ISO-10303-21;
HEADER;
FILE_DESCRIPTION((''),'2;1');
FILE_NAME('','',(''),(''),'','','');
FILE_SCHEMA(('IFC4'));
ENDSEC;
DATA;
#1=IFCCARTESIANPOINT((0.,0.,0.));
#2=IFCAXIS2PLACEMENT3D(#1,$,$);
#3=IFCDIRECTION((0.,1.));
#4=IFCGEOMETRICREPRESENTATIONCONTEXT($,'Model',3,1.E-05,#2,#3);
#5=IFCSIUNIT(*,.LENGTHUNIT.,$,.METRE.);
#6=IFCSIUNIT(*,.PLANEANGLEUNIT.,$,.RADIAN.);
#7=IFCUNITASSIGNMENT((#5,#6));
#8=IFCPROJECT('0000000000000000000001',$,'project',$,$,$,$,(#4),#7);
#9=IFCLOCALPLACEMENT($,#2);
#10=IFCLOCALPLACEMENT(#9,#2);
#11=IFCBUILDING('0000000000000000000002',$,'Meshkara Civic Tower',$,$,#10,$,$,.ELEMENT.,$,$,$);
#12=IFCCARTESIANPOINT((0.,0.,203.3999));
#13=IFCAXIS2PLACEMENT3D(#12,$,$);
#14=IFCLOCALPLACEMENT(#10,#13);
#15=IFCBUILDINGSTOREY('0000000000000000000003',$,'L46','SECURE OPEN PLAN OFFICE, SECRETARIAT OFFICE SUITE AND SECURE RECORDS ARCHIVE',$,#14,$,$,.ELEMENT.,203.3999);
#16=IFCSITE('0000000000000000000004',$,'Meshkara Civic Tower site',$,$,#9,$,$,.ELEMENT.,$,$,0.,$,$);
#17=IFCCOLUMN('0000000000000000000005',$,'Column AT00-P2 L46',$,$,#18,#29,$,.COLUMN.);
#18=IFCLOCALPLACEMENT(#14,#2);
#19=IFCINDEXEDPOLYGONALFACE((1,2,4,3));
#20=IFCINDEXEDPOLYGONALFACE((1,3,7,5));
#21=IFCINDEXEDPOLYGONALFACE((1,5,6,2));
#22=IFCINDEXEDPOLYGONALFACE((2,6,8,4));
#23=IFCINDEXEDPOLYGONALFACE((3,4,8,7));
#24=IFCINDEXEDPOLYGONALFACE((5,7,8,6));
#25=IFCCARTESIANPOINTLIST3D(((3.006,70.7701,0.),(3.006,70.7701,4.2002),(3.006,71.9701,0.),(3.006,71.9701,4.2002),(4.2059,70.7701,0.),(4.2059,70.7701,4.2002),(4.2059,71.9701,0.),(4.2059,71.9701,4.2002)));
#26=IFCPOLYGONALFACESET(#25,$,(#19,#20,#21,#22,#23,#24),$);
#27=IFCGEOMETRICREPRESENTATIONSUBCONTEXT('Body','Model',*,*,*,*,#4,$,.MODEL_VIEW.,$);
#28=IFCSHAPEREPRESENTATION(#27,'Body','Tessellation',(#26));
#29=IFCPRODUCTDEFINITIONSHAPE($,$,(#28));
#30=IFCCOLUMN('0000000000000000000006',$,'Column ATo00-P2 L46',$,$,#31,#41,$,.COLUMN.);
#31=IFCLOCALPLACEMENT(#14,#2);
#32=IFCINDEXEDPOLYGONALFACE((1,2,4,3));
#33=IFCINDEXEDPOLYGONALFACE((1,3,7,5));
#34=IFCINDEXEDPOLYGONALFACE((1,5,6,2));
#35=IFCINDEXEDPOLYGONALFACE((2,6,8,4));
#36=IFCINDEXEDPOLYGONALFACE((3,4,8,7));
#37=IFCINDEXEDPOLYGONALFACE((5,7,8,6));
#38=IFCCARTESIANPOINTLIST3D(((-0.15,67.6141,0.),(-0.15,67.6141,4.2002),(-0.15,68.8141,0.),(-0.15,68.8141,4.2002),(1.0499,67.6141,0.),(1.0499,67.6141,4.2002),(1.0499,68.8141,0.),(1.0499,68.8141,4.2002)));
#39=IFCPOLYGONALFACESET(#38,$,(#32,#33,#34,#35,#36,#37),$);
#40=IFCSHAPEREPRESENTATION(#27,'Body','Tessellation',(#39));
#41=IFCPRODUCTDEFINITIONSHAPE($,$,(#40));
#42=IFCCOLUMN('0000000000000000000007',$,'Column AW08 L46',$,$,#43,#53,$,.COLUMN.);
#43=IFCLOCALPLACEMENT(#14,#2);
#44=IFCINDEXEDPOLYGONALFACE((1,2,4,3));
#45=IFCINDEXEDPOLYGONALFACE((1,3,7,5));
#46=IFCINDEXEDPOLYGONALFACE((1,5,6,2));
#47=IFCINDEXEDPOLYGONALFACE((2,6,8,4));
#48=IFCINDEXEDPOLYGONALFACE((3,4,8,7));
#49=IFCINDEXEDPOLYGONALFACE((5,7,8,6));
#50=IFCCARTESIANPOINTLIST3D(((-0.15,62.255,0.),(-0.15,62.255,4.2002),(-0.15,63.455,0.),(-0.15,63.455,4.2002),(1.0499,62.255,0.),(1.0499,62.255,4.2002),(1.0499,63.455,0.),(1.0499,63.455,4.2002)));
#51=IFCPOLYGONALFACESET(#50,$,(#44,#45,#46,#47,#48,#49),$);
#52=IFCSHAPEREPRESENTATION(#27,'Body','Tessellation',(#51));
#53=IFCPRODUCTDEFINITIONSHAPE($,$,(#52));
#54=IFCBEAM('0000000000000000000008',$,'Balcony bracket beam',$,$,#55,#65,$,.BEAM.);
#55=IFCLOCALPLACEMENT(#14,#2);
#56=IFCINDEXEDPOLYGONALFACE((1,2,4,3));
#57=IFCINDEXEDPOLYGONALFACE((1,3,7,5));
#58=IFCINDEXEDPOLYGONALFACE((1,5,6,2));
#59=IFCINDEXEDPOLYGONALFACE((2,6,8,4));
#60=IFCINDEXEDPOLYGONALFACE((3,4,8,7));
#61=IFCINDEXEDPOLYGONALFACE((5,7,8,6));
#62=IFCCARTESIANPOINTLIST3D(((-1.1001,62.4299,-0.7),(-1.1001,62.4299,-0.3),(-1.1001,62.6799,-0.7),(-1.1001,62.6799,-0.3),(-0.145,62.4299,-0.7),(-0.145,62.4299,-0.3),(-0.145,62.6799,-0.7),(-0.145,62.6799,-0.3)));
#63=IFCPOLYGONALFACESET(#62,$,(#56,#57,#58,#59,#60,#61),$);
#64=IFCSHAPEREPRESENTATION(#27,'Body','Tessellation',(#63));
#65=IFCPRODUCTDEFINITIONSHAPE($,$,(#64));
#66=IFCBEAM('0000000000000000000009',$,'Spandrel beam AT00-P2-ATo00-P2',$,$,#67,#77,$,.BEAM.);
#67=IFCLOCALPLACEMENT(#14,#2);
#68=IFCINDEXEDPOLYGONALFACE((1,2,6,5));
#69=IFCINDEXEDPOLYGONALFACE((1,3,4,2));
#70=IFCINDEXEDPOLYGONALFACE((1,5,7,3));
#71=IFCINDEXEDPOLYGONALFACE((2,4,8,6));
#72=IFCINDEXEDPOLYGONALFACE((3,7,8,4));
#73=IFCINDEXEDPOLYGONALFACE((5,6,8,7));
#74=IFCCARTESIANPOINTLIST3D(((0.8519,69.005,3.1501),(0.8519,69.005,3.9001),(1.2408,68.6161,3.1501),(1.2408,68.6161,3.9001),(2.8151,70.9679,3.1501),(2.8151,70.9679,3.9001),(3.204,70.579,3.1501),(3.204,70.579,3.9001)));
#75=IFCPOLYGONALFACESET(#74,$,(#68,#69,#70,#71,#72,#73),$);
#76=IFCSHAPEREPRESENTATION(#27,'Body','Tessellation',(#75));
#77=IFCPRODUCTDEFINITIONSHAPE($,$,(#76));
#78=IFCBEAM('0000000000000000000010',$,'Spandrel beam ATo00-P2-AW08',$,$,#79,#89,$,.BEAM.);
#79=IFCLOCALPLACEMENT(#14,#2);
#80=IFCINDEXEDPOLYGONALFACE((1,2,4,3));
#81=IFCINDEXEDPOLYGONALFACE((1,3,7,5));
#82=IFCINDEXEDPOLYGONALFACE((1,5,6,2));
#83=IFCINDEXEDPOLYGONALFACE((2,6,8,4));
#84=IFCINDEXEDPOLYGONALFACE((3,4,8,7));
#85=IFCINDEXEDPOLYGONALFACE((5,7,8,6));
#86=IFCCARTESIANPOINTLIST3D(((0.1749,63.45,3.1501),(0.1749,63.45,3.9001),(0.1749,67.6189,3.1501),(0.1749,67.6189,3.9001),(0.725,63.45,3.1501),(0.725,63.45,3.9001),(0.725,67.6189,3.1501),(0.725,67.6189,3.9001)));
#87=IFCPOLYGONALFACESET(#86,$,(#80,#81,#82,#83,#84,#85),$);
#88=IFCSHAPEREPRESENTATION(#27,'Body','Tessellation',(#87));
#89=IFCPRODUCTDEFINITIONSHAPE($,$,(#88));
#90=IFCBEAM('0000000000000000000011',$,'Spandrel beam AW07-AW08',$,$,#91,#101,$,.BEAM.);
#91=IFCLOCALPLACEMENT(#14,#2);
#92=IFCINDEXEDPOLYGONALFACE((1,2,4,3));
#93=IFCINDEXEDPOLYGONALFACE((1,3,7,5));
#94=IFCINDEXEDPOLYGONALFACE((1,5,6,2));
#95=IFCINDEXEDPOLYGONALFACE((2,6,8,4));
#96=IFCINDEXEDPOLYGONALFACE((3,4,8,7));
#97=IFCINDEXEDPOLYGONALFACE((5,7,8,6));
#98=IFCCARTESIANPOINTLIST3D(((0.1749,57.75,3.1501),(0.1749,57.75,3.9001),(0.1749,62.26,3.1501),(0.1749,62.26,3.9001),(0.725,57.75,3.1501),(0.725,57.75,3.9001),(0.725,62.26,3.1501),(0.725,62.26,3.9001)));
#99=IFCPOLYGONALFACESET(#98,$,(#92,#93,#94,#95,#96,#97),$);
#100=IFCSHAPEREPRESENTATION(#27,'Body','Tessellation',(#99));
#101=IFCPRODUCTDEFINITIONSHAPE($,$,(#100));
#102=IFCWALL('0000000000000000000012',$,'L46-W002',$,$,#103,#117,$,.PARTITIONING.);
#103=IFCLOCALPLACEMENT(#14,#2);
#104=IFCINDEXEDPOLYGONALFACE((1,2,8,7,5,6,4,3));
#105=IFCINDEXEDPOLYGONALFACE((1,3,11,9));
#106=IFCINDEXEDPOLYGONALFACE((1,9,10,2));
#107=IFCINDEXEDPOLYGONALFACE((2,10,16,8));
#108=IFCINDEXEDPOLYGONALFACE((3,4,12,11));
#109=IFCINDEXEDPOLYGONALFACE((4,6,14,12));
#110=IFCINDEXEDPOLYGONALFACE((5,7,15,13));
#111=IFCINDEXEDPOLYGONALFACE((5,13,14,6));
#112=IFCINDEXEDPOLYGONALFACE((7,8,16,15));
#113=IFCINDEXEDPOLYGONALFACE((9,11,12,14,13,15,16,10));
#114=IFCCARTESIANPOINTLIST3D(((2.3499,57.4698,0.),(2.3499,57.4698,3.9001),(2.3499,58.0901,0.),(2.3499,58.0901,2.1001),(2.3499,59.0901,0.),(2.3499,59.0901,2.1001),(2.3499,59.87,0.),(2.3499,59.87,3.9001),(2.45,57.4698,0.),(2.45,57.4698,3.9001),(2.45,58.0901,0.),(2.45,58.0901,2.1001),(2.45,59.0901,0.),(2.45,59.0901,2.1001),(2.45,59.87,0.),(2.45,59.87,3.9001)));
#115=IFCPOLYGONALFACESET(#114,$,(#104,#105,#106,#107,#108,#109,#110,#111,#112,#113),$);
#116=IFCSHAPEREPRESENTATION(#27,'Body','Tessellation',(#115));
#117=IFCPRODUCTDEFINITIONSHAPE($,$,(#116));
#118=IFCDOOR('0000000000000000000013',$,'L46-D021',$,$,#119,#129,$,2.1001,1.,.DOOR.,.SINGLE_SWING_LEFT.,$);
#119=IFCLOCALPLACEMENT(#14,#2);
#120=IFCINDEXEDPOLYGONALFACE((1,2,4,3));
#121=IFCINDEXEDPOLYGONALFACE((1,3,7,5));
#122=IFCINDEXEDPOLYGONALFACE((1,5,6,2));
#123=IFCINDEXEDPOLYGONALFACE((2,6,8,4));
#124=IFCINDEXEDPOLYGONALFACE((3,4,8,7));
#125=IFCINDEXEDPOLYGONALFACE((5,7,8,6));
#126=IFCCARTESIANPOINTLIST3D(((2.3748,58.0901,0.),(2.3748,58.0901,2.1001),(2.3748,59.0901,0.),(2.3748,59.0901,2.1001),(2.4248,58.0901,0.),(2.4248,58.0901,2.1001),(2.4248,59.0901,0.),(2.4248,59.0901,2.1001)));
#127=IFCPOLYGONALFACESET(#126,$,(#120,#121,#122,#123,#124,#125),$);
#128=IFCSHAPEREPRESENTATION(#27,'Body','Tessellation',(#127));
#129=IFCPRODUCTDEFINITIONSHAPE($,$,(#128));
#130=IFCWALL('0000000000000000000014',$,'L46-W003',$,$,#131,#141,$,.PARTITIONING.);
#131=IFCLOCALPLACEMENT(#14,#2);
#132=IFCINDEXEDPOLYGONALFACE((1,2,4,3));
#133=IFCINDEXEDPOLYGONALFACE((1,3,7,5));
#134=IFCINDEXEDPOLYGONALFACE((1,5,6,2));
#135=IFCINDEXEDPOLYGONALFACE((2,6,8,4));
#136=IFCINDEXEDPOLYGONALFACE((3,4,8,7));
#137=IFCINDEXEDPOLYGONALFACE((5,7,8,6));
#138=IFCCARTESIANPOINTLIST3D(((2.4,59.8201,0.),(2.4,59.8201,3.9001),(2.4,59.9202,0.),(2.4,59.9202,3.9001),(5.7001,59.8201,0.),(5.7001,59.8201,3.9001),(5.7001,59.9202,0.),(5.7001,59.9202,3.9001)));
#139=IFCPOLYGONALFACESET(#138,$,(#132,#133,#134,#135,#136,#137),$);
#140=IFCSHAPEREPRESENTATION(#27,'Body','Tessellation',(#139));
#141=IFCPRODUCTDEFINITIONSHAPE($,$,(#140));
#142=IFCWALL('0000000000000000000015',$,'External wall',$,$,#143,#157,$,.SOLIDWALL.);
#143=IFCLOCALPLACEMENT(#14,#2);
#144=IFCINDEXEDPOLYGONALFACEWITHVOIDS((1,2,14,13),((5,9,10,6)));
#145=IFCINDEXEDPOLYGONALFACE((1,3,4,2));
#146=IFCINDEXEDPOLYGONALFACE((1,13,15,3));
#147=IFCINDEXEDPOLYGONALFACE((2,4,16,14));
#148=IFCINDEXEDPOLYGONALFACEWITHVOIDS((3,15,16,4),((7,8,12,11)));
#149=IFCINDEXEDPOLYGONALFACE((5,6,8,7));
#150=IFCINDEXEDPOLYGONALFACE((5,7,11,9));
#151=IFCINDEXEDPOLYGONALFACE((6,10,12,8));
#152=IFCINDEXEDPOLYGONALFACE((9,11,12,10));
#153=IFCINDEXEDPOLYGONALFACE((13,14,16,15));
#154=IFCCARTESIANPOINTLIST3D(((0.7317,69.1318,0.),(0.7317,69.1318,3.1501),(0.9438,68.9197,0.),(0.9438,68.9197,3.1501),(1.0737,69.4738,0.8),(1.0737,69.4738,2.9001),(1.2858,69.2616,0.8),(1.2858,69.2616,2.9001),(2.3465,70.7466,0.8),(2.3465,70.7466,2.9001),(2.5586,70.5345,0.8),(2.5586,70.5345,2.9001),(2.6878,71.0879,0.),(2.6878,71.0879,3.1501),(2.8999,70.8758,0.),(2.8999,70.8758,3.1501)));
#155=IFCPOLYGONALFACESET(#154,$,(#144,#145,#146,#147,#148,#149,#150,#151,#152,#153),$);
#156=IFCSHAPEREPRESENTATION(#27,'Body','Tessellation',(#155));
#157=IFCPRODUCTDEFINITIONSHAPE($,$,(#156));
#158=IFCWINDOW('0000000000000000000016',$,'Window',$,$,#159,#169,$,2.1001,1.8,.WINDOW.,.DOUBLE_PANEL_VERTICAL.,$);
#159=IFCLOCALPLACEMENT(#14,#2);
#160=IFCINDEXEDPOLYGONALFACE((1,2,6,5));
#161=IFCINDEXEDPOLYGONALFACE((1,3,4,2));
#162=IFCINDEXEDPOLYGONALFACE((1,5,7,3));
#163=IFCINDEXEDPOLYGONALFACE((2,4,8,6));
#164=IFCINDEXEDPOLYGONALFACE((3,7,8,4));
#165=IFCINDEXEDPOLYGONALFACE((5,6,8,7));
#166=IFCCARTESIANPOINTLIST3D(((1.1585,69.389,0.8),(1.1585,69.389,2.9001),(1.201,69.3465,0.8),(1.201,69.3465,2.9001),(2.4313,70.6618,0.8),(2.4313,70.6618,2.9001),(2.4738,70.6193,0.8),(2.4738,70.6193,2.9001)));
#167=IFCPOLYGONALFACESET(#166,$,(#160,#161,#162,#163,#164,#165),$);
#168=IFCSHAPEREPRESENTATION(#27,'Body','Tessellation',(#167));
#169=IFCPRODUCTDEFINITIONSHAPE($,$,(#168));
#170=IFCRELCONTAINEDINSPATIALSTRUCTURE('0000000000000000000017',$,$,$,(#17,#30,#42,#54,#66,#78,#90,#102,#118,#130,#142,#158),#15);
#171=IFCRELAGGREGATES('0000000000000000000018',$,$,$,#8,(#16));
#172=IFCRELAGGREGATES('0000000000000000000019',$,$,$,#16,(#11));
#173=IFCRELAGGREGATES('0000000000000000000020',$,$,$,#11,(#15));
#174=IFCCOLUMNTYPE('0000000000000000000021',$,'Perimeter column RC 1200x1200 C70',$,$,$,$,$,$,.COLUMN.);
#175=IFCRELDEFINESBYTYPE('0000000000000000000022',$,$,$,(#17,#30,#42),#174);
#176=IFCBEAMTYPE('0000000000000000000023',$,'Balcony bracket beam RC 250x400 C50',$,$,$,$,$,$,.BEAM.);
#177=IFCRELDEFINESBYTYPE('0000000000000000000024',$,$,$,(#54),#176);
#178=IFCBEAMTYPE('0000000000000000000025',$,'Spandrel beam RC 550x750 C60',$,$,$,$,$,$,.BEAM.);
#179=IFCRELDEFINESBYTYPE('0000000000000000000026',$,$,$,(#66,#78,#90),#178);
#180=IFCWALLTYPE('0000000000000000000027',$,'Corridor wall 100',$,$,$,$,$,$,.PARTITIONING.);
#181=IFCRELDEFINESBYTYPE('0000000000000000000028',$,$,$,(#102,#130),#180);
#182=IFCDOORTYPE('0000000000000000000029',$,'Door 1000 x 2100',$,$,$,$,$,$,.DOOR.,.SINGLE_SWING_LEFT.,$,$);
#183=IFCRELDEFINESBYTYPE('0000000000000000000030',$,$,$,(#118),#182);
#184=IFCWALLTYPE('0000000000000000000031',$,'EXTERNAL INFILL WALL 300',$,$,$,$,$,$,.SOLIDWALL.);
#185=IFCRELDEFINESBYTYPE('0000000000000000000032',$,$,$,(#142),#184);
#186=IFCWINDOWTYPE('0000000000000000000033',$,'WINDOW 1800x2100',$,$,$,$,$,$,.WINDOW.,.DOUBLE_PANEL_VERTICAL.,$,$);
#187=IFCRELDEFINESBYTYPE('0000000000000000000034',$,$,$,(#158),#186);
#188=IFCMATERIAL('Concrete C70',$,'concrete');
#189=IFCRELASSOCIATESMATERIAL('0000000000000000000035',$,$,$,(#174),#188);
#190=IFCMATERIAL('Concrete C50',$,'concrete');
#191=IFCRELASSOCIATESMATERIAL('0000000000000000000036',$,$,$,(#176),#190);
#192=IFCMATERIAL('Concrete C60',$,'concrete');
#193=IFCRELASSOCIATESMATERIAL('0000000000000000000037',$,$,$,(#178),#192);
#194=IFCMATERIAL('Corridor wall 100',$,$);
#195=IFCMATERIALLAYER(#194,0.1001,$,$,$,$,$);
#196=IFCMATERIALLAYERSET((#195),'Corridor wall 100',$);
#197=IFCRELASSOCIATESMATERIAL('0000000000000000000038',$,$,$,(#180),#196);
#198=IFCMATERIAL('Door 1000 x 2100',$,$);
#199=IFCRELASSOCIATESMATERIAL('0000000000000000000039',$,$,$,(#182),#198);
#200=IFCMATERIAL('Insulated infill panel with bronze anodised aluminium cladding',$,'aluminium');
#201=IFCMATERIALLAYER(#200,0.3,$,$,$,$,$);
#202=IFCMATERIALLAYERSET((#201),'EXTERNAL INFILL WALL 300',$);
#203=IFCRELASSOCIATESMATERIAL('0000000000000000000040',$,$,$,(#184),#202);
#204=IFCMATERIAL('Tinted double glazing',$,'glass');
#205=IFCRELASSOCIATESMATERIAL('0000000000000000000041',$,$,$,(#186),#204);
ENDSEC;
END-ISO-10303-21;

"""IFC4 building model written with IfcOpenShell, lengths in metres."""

from ifc_helpers import new_model, si_unit, direction, frame, frame_2d, origin, origin_2d, place, context, subcontext, project, spatial, rectangle, extrude, material, layer, layer_set, material_profile, profile_set, type_object, element, fill, save


model = new_model("IFC4")

# Units and contexts
model_context = context("Model", 3, precision=1e-05, world=origin(), true_north=direction((0.0, 1.0)))
body_context = subcontext(model_context, "Body", "Model", "MODEL_VIEW")
ifc_project = project(units=[si_unit("LENGTHUNIT", "METRE"), si_unit("PLANEANGLEUNIT", "RADIAN")], contexts=[model_context])

# Site, building, storey
site_placement = place(None, origin())
site = spatial("IfcSite", under=ifc_project, at=site_placement, Name="Meshkara Civic Tower site", CompositionType="ELEMENT", RefElevation=0.0)
building_placement = place(site_placement, origin())
building = spatial("IfcBuilding", under=site, at=building_placement, Name="Meshkara Civic Tower", CompositionType="ELEMENT")
storey_placement = place(building_placement, frame((0.0, 0.0, 203.3999)))
storey = spatial("IfcBuildingStorey", under=building, at=storey_placement, Name="L46", Description="SECURE OPEN PLAN OFFICE, SECRETARIAT OFFICE SUITE AND SECURE RECORDS ARCHIVE", CompositionType="ELEMENT", Elevation=203.3999)

# Columns
ifc_material_1 = material(Name="Concrete C70", Category="concrete")
ifc_material_profile_1 = material_profile(ifc_material_1, rectangle(XDim=1.2, YDim=1.2, at=origin_2d()))
ifc_profile_set_1 = profile_set([ifc_material_profile_1], Name="Concrete C70")
column_type = type_object("IfcColumnType", Name="Perimeter column RC 1200x1200 C70", PredefinedType="COLUMN", material=ifc_profile_set_1)
for number, where, z_axis, x_axis, name in (
    (1, (3.606, 71.3701, 0.0), (0.0, 0.0, 1.0), (1.0, 0.0, 0.0), "Column AT00-P2 L46"),
    (2, (0.45, 68.2141, 0.0), (0.0, 0.0, 1.0), (1.0, 0.0, 0.0), "Column ATo00-P2 L46"),
    (3, (0.45, 62.855, 0.0), (0.0, 0.0, 1.0), (1.0, 0.0, 0.0), "Column AW08 L46"),
):
    element("IfcColumn", number, at=place(storey_placement, frame(where, z_axis=z_axis, x_axis=x_axis)), inside=storey, type_object=column_type, Name=name, PredefinedType="COLUMN", context=body_context, shape_type="SweptSolid", body=[
        extrude(rectangle(XDim=1.2, YDim=1.2, at=origin_2d()), origin(), (0.0, 0.0, 1.0), 4.2002),
    ])

# Beams
ifc_material_2 = material(Name="Concrete C50", Category="concrete")
ifc_material_profile_2 = material_profile(ifc_material_2, rectangle(XDim=0.25, YDim=0.3999, at=origin_2d()))
ifc_profile_set_2 = profile_set([ifc_material_profile_2], Name="Concrete C50")
beam_type_1 = type_object("IfcBeamType", Name="Balcony bracket beam RC 250x400 C50", PredefinedType="BEAM", material=ifc_profile_set_2)
beam_1_placement = place(storey_placement, frame((-0.145, 62.5549, -0.5), z_axis=(-1.0, 0.0, 0.0), x_axis=(0.0, -1.0, 0.0)))
element("IfcBeam", 4, at=beam_1_placement, inside=storey, type_object=beam_type_1, Name="Balcony bracket beam", PredefinedType="BEAM", context=body_context, shape_type="SweptSolid", body=[
    extrude(rectangle(XDim=0.25, YDim=0.3999, at=origin_2d()), origin(), (0.0, 0.0, 1.0), 0.9551),
])
ifc_material_3 = material(Name="Concrete C60", Category="concrete")
ifc_material_profile_3 = material_profile(ifc_material_3, rectangle(XDim=0.55, YDim=0.75, at=origin_2d()))
ifc_profile_set_3 = profile_set([ifc_material_profile_3], Name="Concrete C60")
beam_type_2 = type_object("IfcBeamType", Name="Spandrel beam RC 550x750 C60", PredefinedType="BEAM", material=ifc_profile_set_3)
beam_2_placement = place(storey_placement, frame((3.0095, 70.7734, 3.5251), z_axis=(-0.707151, -0.707063, 0.0), x_axis=(0.707063, -0.707151, 0.0)))
element("IfcBeam", 5, at=beam_2_placement, inside=storey, type_object=beam_type_2, Name="Spandrel beam AT00-P2-ATo00-P2", PredefinedType="BEAM", context=body_context, shape_type="SweptSolid", body=[
    extrude(rectangle(XDim=0.55, YDim=0.75, at=origin_2d()), origin(), (0.0, 0.0, 1.0), 2.7761),
])
beam_3_placement = place(storey_placement, frame((0.45, 67.6189, 3.5251), z_axis=(0.0, -1.0, 0.0), x_axis=(1.0, 0.0, 0.0)))
element("IfcBeam", 6, at=beam_3_placement, inside=storey, type_object=beam_type_2, Name="Spandrel beam ATo00-P2-AW08", PredefinedType="BEAM", context=body_context, shape_type="SweptSolid", body=[
    extrude(rectangle(XDim=0.55, YDim=0.75, at=origin_2d()), origin(), (0.0, 0.0, 1.0), 4.1689),
])
beam_4_placement = place(storey_placement, frame((0.45, 62.26, 3.5251), z_axis=(0.0, -1.0, 0.0), x_axis=(1.0, 0.0, 0.0)))
element("IfcBeam", 7, at=beam_4_placement, inside=storey, type_object=beam_type_2, Name="Spandrel beam AW07-AW08", PredefinedType="BEAM", context=body_context, shape_type="SweptSolid", body=[
    extrude(rectangle(XDim=0.55, YDim=0.75, at=origin_2d()), origin(), (0.0, 0.0, 1.0), 4.51),
])

# Wall, opening, door
ifc_material_4 = material(Name="Corridor wall 100")
ifc_layer_1 = layer(ifc_material_4, 0.1001)
ifc_layer_set_1 = layer_set([ifc_layer_1], Name="Corridor wall 100")
wall_type_1 = type_object("IfcWallType", Name="Corridor wall 100", PredefinedType="PARTITIONING", material=ifc_layer_set_1)
wall_1_placement = place(storey_placement, frame((2.3999, 59.8701, 0.0), z_axis=(0.0, 0.0, 1.0), x_axis=(0.0, -1.0, 0.0)))
wall_1 = element("IfcWall", 8, at=wall_1_placement, inside=storey, type_object=wall_type_1, Name="L46-W002", PredefinedType="PARTITIONING", context=body_context, shape_type="SweptSolid", body=[
    extrude(rectangle(XDim=2.4001, YDim=0.1001, at=frame_2d((1.2002, 0.0))), origin(), (0.0, 0.0, 1.0), 3.9001),
])
opening_1_placement = place(wall_1_placement, frame((0.78, 0.0, 0.0)))
opening_1 = element("IfcOpeningElement", 9, at=opening_1_placement, cuts=wall_1, PredefinedType="OPENING", context=body_context, shape_type="SweptSolid", body=[
    extrude(rectangle(XDim=1.0, YDim=2.1001, at=frame_2d((0.5, 1.05))), frame((0.0, 0.0601, 0.0), z_axis=(0.0, -1.0, 0.0), x_axis=(1.0, 0.0, 0.0)), (0.0, 0.0, 1.0), 0.1201),
])
ifc_material_5 = material(Name="Door 1000 x 2100")
door_type_1 = type_object("IfcDoorType", Name="Door 1000 x 2100", OperationType="SINGLE_SWING_LEFT", PredefinedType="DOOR", material=ifc_material_5)
door_1_placement = place(opening_1_placement, origin())
door_1 = element("IfcDoor", 10, at=door_1_placement, inside=storey, type_object=door_type_1, Name="L46-D021", OperationType="SINGLE_SWING_LEFT", OverallHeight=2.1001, OverallWidth=1.0, PredefinedType="DOOR", context=body_context, shape_type="SweptSolid", body=[
    extrude(rectangle(XDim=1.0, YDim=2.1001, at=frame_2d((0.5, 1.05))), frame((0.0, 0.0249, 0.0), z_axis=(0.0, -1.0, 0.0), x_axis=(1.0, 0.0, 0.0)), (0.0, 0.0, 1.0), 0.05),
])
fill(opening_1, door_1)

# Wall
wall_2_placement = place(storey_placement, frame((5.7, 59.8701, 0.0), z_axis=(0.0, 0.0, 1.0), x_axis=(-1.0, 0.0, 0.0)))
element("IfcWall", 11, at=wall_2_placement, inside=storey, type_object=wall_type_1, Name="L46-W003", PredefinedType="PARTITIONING", context=body_context, shape_type="SweptSolid", body=[
    extrude(rectangle(XDim=3.3, YDim=0.1001, at=frame_2d((1.6499, 0.0))), origin(), (0.0, 0.0, 1.0), 3.9001),
])

# Wall, opening, window
ifc_material_6 = material(Name="Insulated infill panel with bronze anodised aluminium cladding", Category="aluminium")
ifc_layer_2 = layer(ifc_material_6, 0.3)
ifc_layer_set_2 = layer_set([ifc_layer_2], Name="EXTERNAL INFILL WALL 300")
wall_type_2 = type_object("IfcWallType", Name="EXTERNAL INFILL WALL 300", PredefinedType="SOLIDWALL", material=ifc_layer_set_2)
wall_3_placement = place(storey_placement, frame((2.7939, 70.9819, 0.0), z_axis=(0.0, 0.0, 1.0), x_axis=(-0.707107, -0.707107, 0.0)))
wall_3 = element("IfcWall", 12, at=wall_3_placement, inside=storey, type_object=wall_type_2, Name="External wall", PredefinedType="SOLIDWALL", context=body_context, shape_type="SweptSolid", body=[
    extrude(rectangle(XDim=2.7664, YDim=0.3, at=frame_2d((1.3833, 0.0))), origin(), (0.0, 0.0, 1.0), 3.1501),
])
opening_2_placement = place(wall_3_placement, frame((0.4829, 0.0, 0.8)))
opening_2 = element("IfcOpeningElement", 13, at=opening_2_placement, cuts=wall_3, PredefinedType="OPENING", context=body_context, shape_type="SweptSolid", body=[
    extrude(rectangle(XDim=1.8, YDim=2.1001, at=frame_2d((0.8999, 1.05))), frame((0.0, 0.1599, 0.0), z_axis=(0.0, -1.0, 0.0), x_axis=(1.0, 0.0, 0.0)), (0.0, 0.0, 1.0), 0.3201),
])
ifc_material_7 = material(Name="Tinted double glazing", Category="glass")
window_type_1 = type_object("IfcWindowType", Name="WINDOW 1800x2100", PartitioningType="DOUBLE_PANEL_VERTICAL", PredefinedType="WINDOW", material=ifc_material_7)
window_1_placement = place(opening_2_placement, origin())
window_1 = element("IfcWindow", 14, at=window_1_placement, inside=storey, type_object=window_type_1, Name="Window", OverallHeight=2.1001, OverallWidth=1.8, PartitioningType="DOUBLE_PANEL_VERTICAL", PredefinedType="WINDOW", context=body_context, shape_type="SweptSolid", body=[
    extrude(rectangle(XDim=1.8, YDim=2.1001, at=frame_2d((0.8999, 1.05))), frame((0.0, 0.03, 0.0), z_axis=(0.0, -1.0, 0.0), x_axis=(1.0, 0.0, 0.0)), (0.0, 0.0, 1.0), 0.0601),
])
fill(opening_2, window_1)

save(model, "model.ifc")
